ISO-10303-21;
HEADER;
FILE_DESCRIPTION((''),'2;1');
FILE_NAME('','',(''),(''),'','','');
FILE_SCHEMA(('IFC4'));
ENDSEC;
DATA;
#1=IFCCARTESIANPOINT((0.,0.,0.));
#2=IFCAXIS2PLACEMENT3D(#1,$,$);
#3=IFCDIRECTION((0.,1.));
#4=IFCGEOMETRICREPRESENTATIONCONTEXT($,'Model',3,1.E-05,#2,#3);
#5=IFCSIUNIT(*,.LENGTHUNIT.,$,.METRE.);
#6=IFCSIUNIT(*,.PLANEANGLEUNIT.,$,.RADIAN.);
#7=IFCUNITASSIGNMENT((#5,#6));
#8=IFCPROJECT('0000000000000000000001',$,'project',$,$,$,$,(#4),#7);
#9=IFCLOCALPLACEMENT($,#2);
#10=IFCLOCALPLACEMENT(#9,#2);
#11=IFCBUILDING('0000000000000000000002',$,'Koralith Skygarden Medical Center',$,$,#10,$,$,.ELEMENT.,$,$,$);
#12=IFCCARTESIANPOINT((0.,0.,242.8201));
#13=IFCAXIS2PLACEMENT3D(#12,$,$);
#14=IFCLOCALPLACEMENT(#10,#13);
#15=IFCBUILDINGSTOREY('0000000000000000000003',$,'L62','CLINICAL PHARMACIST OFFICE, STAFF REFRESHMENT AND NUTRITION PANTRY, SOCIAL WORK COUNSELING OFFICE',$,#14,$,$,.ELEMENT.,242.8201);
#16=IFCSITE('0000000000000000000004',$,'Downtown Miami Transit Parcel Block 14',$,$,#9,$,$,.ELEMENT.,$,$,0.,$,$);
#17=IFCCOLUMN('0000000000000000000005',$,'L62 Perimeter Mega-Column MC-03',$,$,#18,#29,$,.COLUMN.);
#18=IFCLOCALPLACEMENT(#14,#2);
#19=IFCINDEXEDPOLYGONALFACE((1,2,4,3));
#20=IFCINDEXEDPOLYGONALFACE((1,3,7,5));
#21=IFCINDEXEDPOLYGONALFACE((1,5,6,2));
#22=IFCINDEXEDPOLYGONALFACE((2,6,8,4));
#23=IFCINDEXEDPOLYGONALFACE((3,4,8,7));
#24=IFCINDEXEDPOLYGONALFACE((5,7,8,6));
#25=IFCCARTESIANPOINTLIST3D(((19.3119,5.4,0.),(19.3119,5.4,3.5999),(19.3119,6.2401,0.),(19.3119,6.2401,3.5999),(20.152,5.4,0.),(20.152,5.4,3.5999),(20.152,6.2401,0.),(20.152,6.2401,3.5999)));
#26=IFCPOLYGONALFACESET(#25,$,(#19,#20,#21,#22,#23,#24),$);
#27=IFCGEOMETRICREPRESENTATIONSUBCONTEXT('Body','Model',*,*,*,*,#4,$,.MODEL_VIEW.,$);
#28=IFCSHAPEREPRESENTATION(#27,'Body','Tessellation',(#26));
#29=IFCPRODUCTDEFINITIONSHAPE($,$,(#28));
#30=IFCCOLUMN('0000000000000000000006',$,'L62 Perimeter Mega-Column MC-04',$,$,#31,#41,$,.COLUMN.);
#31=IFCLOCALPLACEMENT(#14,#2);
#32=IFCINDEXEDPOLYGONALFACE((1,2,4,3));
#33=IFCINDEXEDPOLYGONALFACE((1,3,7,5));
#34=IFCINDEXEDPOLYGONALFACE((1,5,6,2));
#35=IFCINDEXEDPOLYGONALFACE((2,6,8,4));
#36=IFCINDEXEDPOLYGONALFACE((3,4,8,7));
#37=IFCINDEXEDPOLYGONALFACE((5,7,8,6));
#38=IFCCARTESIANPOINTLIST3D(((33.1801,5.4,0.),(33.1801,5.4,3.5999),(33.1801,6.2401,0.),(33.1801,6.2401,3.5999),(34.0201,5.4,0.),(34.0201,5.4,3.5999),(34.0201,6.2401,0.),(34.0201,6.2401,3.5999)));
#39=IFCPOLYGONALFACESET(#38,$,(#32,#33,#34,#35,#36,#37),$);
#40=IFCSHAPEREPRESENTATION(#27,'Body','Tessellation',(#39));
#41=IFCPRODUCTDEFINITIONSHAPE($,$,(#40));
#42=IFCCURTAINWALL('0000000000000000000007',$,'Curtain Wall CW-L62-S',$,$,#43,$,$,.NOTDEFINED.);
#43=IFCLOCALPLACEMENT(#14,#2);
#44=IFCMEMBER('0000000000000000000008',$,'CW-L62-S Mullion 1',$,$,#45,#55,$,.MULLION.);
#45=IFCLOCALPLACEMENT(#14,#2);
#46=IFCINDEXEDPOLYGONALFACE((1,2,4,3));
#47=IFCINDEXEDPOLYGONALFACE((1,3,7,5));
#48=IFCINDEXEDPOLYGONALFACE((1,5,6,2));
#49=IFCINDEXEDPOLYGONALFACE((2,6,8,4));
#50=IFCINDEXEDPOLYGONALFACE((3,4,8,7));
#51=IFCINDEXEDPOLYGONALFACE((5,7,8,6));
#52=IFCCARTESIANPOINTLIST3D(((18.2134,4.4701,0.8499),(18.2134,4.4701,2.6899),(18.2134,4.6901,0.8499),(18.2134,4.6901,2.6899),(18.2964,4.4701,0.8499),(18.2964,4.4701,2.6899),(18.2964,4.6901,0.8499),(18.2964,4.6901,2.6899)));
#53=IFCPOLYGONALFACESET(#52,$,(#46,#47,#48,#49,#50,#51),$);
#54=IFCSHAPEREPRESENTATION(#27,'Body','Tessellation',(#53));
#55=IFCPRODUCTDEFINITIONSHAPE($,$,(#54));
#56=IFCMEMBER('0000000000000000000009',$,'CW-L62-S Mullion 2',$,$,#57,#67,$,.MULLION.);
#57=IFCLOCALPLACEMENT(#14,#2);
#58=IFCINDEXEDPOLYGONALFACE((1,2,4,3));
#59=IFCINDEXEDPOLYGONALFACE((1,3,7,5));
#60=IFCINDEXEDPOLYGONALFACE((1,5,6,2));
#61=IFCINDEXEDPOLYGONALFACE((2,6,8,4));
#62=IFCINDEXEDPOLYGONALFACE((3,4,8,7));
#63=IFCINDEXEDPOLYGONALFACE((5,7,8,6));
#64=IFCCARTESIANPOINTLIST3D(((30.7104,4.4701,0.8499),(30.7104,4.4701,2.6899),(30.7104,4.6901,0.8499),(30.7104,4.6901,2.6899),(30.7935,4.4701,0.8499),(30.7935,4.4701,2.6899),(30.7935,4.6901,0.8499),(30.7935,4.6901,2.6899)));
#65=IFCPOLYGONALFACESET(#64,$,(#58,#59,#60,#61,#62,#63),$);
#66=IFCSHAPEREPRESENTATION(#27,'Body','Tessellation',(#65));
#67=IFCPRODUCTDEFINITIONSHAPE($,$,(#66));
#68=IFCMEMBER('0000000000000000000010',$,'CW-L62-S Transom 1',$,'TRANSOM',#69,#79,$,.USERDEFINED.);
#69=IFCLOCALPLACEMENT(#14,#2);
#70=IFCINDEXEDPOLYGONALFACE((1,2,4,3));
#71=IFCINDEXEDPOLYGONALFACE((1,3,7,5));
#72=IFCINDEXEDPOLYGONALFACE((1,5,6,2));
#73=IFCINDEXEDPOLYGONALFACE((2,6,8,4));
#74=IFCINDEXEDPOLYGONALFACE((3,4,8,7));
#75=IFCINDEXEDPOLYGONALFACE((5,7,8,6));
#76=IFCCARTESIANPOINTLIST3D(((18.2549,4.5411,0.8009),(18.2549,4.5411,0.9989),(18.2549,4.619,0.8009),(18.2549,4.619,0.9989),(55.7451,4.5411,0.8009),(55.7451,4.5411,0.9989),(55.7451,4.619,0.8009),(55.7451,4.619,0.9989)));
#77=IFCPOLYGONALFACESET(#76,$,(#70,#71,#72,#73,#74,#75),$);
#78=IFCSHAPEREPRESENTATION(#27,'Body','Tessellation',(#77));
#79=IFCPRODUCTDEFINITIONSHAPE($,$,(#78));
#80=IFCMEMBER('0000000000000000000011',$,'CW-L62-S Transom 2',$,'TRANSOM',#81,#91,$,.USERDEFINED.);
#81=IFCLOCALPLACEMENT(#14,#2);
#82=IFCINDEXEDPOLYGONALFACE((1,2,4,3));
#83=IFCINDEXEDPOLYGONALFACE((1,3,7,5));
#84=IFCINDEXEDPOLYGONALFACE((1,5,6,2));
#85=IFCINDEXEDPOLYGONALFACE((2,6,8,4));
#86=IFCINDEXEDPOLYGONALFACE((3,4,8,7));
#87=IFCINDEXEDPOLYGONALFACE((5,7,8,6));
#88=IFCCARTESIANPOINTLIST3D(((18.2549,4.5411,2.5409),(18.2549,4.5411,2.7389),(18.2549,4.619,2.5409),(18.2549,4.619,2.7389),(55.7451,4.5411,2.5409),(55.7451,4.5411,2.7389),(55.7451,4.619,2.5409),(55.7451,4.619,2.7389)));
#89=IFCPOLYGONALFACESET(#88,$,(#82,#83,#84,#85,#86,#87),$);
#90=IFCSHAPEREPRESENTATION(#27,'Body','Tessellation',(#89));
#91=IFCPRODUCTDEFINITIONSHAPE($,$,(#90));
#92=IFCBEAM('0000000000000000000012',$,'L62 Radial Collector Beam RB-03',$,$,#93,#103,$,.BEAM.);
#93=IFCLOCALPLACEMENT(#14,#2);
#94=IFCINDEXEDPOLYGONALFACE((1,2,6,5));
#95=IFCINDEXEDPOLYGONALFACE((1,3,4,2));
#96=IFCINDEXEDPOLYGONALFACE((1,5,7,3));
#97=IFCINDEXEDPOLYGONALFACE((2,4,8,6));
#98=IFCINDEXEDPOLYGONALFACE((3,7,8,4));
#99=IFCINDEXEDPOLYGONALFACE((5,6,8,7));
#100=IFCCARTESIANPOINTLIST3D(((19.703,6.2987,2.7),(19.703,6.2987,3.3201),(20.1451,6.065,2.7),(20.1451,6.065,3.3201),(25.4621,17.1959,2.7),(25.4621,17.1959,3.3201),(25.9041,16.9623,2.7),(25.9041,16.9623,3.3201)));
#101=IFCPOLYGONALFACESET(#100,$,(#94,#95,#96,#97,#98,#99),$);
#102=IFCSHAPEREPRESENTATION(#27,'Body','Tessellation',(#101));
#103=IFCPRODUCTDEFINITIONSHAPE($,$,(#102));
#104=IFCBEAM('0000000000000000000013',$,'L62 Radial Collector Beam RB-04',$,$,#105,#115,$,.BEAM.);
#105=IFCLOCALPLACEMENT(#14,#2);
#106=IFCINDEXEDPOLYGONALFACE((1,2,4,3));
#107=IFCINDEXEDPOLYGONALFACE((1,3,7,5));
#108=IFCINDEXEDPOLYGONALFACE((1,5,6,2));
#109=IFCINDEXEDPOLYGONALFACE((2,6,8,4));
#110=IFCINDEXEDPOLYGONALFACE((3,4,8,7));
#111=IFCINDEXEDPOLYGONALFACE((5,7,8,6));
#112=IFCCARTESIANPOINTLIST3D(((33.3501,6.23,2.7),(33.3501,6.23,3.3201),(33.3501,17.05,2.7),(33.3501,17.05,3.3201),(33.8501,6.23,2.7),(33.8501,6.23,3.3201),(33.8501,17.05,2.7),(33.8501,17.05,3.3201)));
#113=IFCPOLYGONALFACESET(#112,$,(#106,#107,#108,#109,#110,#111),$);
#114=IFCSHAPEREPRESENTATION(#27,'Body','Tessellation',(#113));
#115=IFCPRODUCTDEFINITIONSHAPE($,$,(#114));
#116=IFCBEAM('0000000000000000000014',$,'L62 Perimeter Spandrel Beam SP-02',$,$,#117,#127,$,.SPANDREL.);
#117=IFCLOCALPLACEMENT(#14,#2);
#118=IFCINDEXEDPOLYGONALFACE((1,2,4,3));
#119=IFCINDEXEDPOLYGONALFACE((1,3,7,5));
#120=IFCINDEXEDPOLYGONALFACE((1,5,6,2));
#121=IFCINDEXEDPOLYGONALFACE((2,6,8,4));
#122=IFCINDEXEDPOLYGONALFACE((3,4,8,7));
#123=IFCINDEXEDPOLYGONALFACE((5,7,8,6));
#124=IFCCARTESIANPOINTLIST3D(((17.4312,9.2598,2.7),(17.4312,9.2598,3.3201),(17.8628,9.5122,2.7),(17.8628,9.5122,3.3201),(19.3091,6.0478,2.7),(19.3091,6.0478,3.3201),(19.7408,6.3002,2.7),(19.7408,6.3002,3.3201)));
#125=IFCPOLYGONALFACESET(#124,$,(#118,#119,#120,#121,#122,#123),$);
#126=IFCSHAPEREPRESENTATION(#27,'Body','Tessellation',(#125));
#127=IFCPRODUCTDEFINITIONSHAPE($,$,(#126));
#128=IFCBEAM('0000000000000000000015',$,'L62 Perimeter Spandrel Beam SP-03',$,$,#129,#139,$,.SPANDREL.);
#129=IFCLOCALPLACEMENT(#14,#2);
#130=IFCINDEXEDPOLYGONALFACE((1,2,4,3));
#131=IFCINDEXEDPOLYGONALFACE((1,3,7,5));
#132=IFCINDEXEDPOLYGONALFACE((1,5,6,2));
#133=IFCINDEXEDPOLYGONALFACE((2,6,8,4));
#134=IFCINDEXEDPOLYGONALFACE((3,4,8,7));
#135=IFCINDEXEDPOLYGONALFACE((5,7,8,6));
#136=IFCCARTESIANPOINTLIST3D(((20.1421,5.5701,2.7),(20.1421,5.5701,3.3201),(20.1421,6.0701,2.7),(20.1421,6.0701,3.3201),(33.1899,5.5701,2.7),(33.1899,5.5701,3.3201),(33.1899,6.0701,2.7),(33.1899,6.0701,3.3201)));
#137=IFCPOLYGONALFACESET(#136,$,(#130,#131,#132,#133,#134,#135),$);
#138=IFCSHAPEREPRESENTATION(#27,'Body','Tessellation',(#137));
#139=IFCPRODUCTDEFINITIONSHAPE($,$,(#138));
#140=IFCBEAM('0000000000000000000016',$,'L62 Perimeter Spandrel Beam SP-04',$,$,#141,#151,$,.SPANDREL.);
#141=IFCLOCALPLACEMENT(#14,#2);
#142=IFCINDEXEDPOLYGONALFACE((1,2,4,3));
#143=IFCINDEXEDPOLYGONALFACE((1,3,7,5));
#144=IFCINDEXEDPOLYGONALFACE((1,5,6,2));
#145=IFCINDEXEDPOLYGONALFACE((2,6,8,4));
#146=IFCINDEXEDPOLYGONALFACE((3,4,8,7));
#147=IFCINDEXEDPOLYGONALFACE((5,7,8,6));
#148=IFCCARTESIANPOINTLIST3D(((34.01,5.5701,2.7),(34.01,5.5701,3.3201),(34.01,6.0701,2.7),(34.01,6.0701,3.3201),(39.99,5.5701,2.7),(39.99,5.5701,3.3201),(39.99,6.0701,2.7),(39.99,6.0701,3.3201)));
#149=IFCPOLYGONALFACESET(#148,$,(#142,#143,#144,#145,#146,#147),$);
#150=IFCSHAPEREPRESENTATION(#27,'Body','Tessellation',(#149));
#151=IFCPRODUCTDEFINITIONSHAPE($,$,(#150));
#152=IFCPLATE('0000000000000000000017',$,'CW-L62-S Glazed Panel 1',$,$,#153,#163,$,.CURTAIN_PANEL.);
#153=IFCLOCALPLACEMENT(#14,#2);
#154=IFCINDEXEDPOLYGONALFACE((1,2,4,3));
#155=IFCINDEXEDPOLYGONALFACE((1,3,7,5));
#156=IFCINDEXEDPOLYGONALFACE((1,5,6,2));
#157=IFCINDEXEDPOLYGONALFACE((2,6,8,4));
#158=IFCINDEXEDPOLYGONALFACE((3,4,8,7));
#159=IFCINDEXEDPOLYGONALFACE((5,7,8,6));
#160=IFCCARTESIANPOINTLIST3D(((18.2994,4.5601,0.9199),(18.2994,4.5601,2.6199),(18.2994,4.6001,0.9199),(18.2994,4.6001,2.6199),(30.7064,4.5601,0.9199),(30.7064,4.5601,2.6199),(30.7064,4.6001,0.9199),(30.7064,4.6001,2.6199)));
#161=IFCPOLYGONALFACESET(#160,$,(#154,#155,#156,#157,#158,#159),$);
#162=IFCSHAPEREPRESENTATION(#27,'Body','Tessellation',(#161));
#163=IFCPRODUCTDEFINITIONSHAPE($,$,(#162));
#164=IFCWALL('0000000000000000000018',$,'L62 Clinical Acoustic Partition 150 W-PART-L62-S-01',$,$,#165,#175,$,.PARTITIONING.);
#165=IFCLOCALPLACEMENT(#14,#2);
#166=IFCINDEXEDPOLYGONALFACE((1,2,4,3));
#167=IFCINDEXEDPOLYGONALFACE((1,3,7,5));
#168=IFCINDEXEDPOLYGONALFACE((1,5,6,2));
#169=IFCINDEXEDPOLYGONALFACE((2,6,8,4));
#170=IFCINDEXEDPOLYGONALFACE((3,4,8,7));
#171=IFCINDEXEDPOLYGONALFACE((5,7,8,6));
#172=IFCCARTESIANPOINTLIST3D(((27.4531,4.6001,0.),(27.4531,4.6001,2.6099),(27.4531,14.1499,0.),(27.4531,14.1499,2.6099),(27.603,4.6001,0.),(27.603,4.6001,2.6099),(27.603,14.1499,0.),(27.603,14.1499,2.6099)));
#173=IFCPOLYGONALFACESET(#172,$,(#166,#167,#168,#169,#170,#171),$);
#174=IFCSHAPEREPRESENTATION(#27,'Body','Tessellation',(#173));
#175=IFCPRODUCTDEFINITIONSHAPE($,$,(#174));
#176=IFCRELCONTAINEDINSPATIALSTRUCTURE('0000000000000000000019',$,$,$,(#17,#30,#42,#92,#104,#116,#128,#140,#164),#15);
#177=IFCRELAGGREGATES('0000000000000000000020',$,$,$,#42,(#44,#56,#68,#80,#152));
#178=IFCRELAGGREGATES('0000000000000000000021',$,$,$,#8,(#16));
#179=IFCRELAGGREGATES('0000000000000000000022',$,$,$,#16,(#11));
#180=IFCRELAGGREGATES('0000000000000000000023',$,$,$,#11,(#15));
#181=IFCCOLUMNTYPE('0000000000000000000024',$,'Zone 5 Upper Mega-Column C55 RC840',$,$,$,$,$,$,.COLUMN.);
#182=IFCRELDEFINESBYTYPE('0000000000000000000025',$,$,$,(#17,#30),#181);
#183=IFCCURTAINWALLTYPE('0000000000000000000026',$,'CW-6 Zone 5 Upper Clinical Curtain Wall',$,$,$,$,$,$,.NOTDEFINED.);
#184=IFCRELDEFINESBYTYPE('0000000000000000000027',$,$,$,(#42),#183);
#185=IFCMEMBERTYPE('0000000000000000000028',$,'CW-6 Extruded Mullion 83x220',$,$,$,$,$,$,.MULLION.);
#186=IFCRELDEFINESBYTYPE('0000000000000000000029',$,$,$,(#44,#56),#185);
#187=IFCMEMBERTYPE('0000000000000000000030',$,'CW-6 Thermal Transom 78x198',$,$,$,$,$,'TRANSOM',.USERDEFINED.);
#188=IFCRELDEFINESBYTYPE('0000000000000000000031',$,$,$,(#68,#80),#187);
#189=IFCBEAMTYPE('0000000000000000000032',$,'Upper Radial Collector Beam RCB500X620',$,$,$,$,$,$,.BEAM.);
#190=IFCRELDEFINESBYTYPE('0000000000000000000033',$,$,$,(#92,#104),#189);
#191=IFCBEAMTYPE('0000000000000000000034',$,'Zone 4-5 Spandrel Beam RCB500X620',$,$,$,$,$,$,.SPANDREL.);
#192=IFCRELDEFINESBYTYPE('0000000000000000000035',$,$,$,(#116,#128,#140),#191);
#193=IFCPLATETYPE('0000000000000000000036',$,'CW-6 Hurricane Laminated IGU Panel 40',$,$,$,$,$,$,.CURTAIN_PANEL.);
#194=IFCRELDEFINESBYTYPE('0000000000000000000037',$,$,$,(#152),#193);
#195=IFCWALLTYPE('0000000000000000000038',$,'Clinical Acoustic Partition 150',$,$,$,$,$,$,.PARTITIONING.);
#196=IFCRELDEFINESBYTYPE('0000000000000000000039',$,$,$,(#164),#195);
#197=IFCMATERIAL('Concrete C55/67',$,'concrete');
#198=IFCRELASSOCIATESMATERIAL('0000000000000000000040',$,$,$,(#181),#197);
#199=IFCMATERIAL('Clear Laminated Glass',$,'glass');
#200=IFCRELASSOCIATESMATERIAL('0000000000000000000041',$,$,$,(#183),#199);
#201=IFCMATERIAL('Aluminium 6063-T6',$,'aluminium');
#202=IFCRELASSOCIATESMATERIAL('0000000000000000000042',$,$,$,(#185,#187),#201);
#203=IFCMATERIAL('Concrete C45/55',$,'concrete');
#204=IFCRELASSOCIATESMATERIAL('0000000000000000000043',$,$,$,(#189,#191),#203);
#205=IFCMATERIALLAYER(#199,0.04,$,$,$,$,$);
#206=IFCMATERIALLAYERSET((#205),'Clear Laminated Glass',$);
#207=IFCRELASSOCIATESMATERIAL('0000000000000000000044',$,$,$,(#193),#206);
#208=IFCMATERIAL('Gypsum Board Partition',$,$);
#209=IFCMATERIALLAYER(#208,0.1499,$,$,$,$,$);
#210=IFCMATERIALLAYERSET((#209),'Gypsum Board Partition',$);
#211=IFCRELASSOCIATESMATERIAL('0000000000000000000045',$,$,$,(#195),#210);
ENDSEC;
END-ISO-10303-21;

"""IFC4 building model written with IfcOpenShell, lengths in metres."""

from ifc_helpers import new_model, si_unit, direction, frame, frame_2d, origin, origin_2d, place, context, subcontext, project, spatial, rectangle, extrude, material, layer, layer_set, material_profile, profile_set, type_object, element, aggregate, save


model = new_model("IFC4")

# Units and contexts
model_context = context("Model", 3, precision=1e-05, world=origin(), true_north=direction((0.0, 1.0)))
body_context = subcontext(model_context, "Body", "Model", "MODEL_VIEW")
ifc_project = project(units=[si_unit("LENGTHUNIT", "METRE"), si_unit("PLANEANGLEUNIT", "RADIAN")], contexts=[model_context])

# Site, building, storey
site_placement = place(None, origin())
site = spatial("IfcSite", under=ifc_project, at=site_placement, Name="Downtown Miami Transit Parcel Block 14", CompositionType="ELEMENT", RefElevation=0.0)
building_placement = place(site_placement, origin())
building = spatial("IfcBuilding", under=site, at=building_placement, Name="Koralith Skygarden Medical Center", CompositionType="ELEMENT")
storey_placement = place(building_placement, frame((0.0, 0.0, 242.8201)))
storey = spatial("IfcBuildingStorey", under=building, at=storey_placement, Name="L62", Description="CLINICAL PHARMACIST OFFICE, STAFF REFRESHMENT AND NUTRITION PANTRY, SOCIAL WORK COUNSELING OFFICE", CompositionType="ELEMENT", Elevation=242.8201)

# Columns
ifc_material_1 = material(Name="Concrete C55/67", Category="concrete")
ifc_material_profile_1 = material_profile(ifc_material_1, rectangle(XDim=0.8401, YDim=0.8401, at=origin_2d()), Name="RC840X840")
ifc_profile_set_1 = profile_set([ifc_material_profile_1], Name="Concrete C55/67")
column_type = type_object("IfcColumnType", Name="Zone 5 Upper Mega-Column C55 RC840", PredefinedType="COLUMN", material=ifc_profile_set_1)
for number, where, z_axis, x_axis, name in (
    (1, (19.7319, 5.8201, 0.0), (0.0, 0.0, 1.0), (1.0, 0.0, 0.0), "L62 Perimeter Mega-Column MC-03"),
    (2, (33.6001, 5.8201, 0.0), (0.0, 0.0, 1.0), (1.0, 0.0, 0.0), "L62 Perimeter Mega-Column MC-04"),
):
    element("IfcColumn", number, at=place(storey_placement, frame(where, z_axis=z_axis, x_axis=x_axis)), inside=storey, type_object=column_type, Name=name, PredefinedType="COLUMN", context=body_context, shape_type="SweptSolid", body=[
        extrude(rectangle(XDim=0.8401, YDim=0.8401, at=origin_2d()), origin(), (0.0, 0.0, 1.0), 3.5999),
    ])

# Curtain wall, members
ifc_material_2 = material(Name="Clear Laminated Glass", Category="glass")
curtain_wall_type = type_object("IfcCurtainWallType", Name="CW-6 Zone 5 Upper Clinical Curtain Wall", PredefinedType="NOTDEFINED", material=ifc_material_2)
curtain_wall_placement = place(storey_placement, origin())
curtain_wall = element("IfcCurtainWall", 3, at=curtain_wall_placement, inside=storey, type_object=curtain_wall_type, Name="Curtain Wall CW-L62-S", PredefinedType="NOTDEFINED")
ifc_material_3 = material(Name="Aluminium 6063-T6", Category="aluminium")
ifc_material_profile_2 = material_profile(ifc_material_3, rectangle(XDim=0.083, YDim=0.22, at=origin_2d()), Name="MUL83X220")
ifc_profile_set_2 = profile_set([ifc_material_profile_2], Name="Aluminium 6063-T6")
member_type_1 = type_object("IfcMemberType", Name="CW-6 Extruded Mullion 83x220", PredefinedType="MULLION", material=ifc_profile_set_2)
member_1_placement = place(storey_placement, frame((18.2549, 4.5801, 0.8499), z_axis=(0.0, 0.0, 1.0), x_axis=(1.0, 0.0, 0.0)))
member_1 = element("IfcMember", 4, at=member_1_placement, type_object=member_type_1, Name="CW-L62-S Mullion 1", PredefinedType="MULLION", context=body_context, shape_type="SweptSolid", body=[
    extrude(rectangle(XDim=0.083, YDim=0.22, at=origin_2d()), origin(), (0.0, 0.0, 1.0), 1.8401),
])
member_2_placement = place(storey_placement, frame((30.752, 4.5801, 0.8499), z_axis=(0.0, 0.0, 1.0), x_axis=(1.0, 0.0, 0.0)))
member_2 = element("IfcMember", 5, at=member_2_placement, type_object=member_type_1, Name="CW-L62-S Mullion 2", PredefinedType="MULLION", context=body_context, shape_type="SweptSolid", body=[
    extrude(rectangle(XDim=0.083, YDim=0.22, at=origin_2d()), origin(), (0.0, 0.0, 1.0), 1.8401),
])
ifc_material_profile_3 = material_profile(ifc_material_3, rectangle(XDim=0.0779, YDim=0.198, at=origin_2d()), Name="TRN78X198")
ifc_profile_set_3 = profile_set([ifc_material_profile_3], Name="Aluminium 6063-T6")
member_type_2 = type_object("IfcMemberType", Name="CW-6 Thermal Transom 78x198", ElementType="TRANSOM", PredefinedType="USERDEFINED", material=ifc_profile_set_3)
member_3_placement = place(storey_placement, frame((18.2549, 4.5801, 0.8999), z_axis=(1.0, 0.0, 0.0), x_axis=(0.0, 1.0, 0.0)))
member_3 = element("IfcMember", 6, at=member_3_placement, type_object=member_type_2, Name="CW-L62-S Transom 1", ObjectType="TRANSOM", PredefinedType="USERDEFINED", context=body_context, shape_type="SweptSolid", body=[
    extrude(rectangle(XDim=0.0779, YDim=0.198, at=origin_2d()), origin(), (0.0, 0.0, 1.0), 37.4902),
])
member_4_placement = place(storey_placement, frame((18.2549, 4.5801, 2.6399), z_axis=(1.0, 0.0, 0.0), x_axis=(0.0, 1.0, 0.0)))
member_4 = element("IfcMember", 7, at=member_4_placement, type_object=member_type_2, Name="CW-L62-S Transom 2", ObjectType="TRANSOM", PredefinedType="USERDEFINED", context=body_context, shape_type="SweptSolid", body=[
    extrude(rectangle(XDim=0.0779, YDim=0.198, at=origin_2d()), origin(), (0.0, 0.0, 1.0), 37.4902),
])

# Beams
ifc_material_4 = material(Name="Concrete C45/55", Category="concrete")
ifc_material_profile_4 = material_profile(ifc_material_4, rectangle(XDim=0.5, YDim=0.6201, at=origin_2d()), Name="RCB500X620")
ifc_profile_set_4 = profile_set([ifc_material_profile_4], Name="Concrete C45/55")
beam_type_1 = type_object("IfcBeamType", Name="Upper Radial Collector Beam RCB500X620", PredefinedType="BEAM", material=ifc_profile_set_4)
beam_1_placement = place(storey_placement, frame((25.6831, 17.0791, 3.01), z_axis=(-0.467249, -0.884126, 0.0), x_axis=(0.884126, -0.467249, 0.0)))
element("IfcBeam", 8, at=beam_1_placement, inside=storey, type_object=beam_type_1, Name="L62 Radial Collector Beam RB-03", PredefinedType="BEAM", context=body_context, shape_type="SweptSolid", body=[
    extrude(rectangle(XDim=0.5, YDim=0.6201, at=origin_2d()), origin(), (0.0, 0.0, 1.0), 12.3254),
])
beam_2_placement = place(storey_placement, frame((33.6001, 17.05, 3.01), z_axis=(0.0, -1.0, 0.0), x_axis=(1.0, 0.0, 0.0)))
element("IfcBeam", 9, at=beam_2_placement, inside=storey, type_object=beam_type_1, Name="L62 Radial Collector Beam RB-04", PredefinedType="BEAM", context=body_context, shape_type="SweptSolid", body=[
    extrude(rectangle(XDim=0.5, YDim=0.6201, at=origin_2d()), origin(), (0.0, 0.0, 1.0), 10.8201),
])
ifc_material_profile_5 = material_profile(ifc_material_4, rectangle(XDim=0.5, YDim=0.6201, at=origin_2d()), Name="RCB500X620")
ifc_profile_set_5 = profile_set([ifc_material_profile_5], Name="Concrete C45/55")
beam_type_2 = type_object("IfcBeamType", Name="Zone 4-5 Spandrel Beam RCB500X620", PredefinedType="SPANDREL", material=ifc_profile_set_5)
beam_3_placement = place(storey_placement, frame((17.647, 9.386, 3.01), z_axis=(0.504736, -0.863274, 0.0), x_axis=(0.863274, 0.504736, 0.0)))
element("IfcBeam", 10, at=beam_3_placement, inside=storey, type_object=beam_type_2, Name="L62 Perimeter Spandrel Beam SP-02", PredefinedType="SPANDREL", context=body_context, shape_type="SweptSolid", body=[
    extrude(rectangle(XDim=0.5, YDim=0.6201, at=origin_2d()), origin(), (0.0, 0.0, 1.0), 3.7207),
])
beam_4_placement = place(storey_placement, frame((20.1421, 5.8201, 3.01), z_axis=(1.0, 0.0, 0.0), x_axis=(0.0, 1.0, 0.0)))
element("IfcBeam", 11, at=beam_4_placement, inside=storey, type_object=beam_type_2, Name="L62 Perimeter Spandrel Beam SP-03", PredefinedType="SPANDREL", context=body_context, shape_type="SweptSolid", body=[
    extrude(rectangle(XDim=0.5, YDim=0.6201, at=origin_2d()), origin(), (0.0, 0.0, 1.0), 13.0479),
])
beam_5_placement = place(storey_placement, frame((34.01, 5.8201, 3.01), z_axis=(1.0, 0.0, 0.0), x_axis=(0.0, 1.0, 0.0)))
element("IfcBeam", 12, at=beam_5_placement, inside=storey, type_object=beam_type_2, Name="L62 Perimeter Spandrel Beam SP-04", PredefinedType="SPANDREL", context=body_context, shape_type="SweptSolid", body=[
    extrude(rectangle(XDim=0.5, YDim=0.6201, at=origin_2d()), origin(), (0.0, 0.0, 1.0), 5.98),
])

# Plate
ifc_layer_1 = layer(ifc_material_2, 0.04)
ifc_layer_set_1 = layer_set([ifc_layer_1], Name="Clear Laminated Glass")
plate_type = type_object("IfcPlateType", Name="CW-6 Hurricane Laminated IGU Panel 40", PredefinedType="CURTAIN_PANEL", material=ifc_layer_set_1)
plate_placement = place(storey_placement, frame((24.5029, 4.5801, 0.9199), z_axis=(0.0, 0.0, 1.0), x_axis=(1.0, 0.0, 0.0)))
plate = element("IfcPlate", 13, at=plate_placement, type_object=plate_type, Name="CW-L62-S Glazed Panel 1", PredefinedType="CURTAIN_PANEL", context=body_context, shape_type="SweptSolid", body=[
    extrude(rectangle(XDim=12.407, YDim=0.04, at=origin_2d()), origin(), (0.0, 0.0, 1.0), 1.7),
])
aggregate(curtain_wall, [member_1, member_2, member_3, member_4, plate])

# Wall
ifc_material_5 = material(Name="Gypsum Board Partition")
ifc_layer_2 = layer(ifc_material_5, 0.1499)
ifc_layer_set_2 = layer_set([ifc_layer_2], Name="Gypsum Board Partition")
wall_type_1 = type_object("IfcWallType", Name="Clinical Acoustic Partition 150", PredefinedType="PARTITIONING", material=ifc_layer_set_2)
wall_1_placement = place(storey_placement, frame((27.5281, 14.1499, 0.0), z_axis=(0.0, 0.0, 1.0), x_axis=(0.0, -1.0, 0.0)))
element("IfcWall", 14, at=wall_1_placement, inside=storey, type_object=wall_type_1, Name="L62 Clinical Acoustic Partition 150 W-PART-L62-S-01", PredefinedType="PARTITIONING", context=body_context, shape_type="SweptSolid", body=[
    extrude(rectangle(XDim=9.5498, YDim=0.1499, at=frame_2d((4.7749, 0.0))), origin(), (0.0, 0.0, 1.0), 2.6099),
])

save(model, "model.ifc")
